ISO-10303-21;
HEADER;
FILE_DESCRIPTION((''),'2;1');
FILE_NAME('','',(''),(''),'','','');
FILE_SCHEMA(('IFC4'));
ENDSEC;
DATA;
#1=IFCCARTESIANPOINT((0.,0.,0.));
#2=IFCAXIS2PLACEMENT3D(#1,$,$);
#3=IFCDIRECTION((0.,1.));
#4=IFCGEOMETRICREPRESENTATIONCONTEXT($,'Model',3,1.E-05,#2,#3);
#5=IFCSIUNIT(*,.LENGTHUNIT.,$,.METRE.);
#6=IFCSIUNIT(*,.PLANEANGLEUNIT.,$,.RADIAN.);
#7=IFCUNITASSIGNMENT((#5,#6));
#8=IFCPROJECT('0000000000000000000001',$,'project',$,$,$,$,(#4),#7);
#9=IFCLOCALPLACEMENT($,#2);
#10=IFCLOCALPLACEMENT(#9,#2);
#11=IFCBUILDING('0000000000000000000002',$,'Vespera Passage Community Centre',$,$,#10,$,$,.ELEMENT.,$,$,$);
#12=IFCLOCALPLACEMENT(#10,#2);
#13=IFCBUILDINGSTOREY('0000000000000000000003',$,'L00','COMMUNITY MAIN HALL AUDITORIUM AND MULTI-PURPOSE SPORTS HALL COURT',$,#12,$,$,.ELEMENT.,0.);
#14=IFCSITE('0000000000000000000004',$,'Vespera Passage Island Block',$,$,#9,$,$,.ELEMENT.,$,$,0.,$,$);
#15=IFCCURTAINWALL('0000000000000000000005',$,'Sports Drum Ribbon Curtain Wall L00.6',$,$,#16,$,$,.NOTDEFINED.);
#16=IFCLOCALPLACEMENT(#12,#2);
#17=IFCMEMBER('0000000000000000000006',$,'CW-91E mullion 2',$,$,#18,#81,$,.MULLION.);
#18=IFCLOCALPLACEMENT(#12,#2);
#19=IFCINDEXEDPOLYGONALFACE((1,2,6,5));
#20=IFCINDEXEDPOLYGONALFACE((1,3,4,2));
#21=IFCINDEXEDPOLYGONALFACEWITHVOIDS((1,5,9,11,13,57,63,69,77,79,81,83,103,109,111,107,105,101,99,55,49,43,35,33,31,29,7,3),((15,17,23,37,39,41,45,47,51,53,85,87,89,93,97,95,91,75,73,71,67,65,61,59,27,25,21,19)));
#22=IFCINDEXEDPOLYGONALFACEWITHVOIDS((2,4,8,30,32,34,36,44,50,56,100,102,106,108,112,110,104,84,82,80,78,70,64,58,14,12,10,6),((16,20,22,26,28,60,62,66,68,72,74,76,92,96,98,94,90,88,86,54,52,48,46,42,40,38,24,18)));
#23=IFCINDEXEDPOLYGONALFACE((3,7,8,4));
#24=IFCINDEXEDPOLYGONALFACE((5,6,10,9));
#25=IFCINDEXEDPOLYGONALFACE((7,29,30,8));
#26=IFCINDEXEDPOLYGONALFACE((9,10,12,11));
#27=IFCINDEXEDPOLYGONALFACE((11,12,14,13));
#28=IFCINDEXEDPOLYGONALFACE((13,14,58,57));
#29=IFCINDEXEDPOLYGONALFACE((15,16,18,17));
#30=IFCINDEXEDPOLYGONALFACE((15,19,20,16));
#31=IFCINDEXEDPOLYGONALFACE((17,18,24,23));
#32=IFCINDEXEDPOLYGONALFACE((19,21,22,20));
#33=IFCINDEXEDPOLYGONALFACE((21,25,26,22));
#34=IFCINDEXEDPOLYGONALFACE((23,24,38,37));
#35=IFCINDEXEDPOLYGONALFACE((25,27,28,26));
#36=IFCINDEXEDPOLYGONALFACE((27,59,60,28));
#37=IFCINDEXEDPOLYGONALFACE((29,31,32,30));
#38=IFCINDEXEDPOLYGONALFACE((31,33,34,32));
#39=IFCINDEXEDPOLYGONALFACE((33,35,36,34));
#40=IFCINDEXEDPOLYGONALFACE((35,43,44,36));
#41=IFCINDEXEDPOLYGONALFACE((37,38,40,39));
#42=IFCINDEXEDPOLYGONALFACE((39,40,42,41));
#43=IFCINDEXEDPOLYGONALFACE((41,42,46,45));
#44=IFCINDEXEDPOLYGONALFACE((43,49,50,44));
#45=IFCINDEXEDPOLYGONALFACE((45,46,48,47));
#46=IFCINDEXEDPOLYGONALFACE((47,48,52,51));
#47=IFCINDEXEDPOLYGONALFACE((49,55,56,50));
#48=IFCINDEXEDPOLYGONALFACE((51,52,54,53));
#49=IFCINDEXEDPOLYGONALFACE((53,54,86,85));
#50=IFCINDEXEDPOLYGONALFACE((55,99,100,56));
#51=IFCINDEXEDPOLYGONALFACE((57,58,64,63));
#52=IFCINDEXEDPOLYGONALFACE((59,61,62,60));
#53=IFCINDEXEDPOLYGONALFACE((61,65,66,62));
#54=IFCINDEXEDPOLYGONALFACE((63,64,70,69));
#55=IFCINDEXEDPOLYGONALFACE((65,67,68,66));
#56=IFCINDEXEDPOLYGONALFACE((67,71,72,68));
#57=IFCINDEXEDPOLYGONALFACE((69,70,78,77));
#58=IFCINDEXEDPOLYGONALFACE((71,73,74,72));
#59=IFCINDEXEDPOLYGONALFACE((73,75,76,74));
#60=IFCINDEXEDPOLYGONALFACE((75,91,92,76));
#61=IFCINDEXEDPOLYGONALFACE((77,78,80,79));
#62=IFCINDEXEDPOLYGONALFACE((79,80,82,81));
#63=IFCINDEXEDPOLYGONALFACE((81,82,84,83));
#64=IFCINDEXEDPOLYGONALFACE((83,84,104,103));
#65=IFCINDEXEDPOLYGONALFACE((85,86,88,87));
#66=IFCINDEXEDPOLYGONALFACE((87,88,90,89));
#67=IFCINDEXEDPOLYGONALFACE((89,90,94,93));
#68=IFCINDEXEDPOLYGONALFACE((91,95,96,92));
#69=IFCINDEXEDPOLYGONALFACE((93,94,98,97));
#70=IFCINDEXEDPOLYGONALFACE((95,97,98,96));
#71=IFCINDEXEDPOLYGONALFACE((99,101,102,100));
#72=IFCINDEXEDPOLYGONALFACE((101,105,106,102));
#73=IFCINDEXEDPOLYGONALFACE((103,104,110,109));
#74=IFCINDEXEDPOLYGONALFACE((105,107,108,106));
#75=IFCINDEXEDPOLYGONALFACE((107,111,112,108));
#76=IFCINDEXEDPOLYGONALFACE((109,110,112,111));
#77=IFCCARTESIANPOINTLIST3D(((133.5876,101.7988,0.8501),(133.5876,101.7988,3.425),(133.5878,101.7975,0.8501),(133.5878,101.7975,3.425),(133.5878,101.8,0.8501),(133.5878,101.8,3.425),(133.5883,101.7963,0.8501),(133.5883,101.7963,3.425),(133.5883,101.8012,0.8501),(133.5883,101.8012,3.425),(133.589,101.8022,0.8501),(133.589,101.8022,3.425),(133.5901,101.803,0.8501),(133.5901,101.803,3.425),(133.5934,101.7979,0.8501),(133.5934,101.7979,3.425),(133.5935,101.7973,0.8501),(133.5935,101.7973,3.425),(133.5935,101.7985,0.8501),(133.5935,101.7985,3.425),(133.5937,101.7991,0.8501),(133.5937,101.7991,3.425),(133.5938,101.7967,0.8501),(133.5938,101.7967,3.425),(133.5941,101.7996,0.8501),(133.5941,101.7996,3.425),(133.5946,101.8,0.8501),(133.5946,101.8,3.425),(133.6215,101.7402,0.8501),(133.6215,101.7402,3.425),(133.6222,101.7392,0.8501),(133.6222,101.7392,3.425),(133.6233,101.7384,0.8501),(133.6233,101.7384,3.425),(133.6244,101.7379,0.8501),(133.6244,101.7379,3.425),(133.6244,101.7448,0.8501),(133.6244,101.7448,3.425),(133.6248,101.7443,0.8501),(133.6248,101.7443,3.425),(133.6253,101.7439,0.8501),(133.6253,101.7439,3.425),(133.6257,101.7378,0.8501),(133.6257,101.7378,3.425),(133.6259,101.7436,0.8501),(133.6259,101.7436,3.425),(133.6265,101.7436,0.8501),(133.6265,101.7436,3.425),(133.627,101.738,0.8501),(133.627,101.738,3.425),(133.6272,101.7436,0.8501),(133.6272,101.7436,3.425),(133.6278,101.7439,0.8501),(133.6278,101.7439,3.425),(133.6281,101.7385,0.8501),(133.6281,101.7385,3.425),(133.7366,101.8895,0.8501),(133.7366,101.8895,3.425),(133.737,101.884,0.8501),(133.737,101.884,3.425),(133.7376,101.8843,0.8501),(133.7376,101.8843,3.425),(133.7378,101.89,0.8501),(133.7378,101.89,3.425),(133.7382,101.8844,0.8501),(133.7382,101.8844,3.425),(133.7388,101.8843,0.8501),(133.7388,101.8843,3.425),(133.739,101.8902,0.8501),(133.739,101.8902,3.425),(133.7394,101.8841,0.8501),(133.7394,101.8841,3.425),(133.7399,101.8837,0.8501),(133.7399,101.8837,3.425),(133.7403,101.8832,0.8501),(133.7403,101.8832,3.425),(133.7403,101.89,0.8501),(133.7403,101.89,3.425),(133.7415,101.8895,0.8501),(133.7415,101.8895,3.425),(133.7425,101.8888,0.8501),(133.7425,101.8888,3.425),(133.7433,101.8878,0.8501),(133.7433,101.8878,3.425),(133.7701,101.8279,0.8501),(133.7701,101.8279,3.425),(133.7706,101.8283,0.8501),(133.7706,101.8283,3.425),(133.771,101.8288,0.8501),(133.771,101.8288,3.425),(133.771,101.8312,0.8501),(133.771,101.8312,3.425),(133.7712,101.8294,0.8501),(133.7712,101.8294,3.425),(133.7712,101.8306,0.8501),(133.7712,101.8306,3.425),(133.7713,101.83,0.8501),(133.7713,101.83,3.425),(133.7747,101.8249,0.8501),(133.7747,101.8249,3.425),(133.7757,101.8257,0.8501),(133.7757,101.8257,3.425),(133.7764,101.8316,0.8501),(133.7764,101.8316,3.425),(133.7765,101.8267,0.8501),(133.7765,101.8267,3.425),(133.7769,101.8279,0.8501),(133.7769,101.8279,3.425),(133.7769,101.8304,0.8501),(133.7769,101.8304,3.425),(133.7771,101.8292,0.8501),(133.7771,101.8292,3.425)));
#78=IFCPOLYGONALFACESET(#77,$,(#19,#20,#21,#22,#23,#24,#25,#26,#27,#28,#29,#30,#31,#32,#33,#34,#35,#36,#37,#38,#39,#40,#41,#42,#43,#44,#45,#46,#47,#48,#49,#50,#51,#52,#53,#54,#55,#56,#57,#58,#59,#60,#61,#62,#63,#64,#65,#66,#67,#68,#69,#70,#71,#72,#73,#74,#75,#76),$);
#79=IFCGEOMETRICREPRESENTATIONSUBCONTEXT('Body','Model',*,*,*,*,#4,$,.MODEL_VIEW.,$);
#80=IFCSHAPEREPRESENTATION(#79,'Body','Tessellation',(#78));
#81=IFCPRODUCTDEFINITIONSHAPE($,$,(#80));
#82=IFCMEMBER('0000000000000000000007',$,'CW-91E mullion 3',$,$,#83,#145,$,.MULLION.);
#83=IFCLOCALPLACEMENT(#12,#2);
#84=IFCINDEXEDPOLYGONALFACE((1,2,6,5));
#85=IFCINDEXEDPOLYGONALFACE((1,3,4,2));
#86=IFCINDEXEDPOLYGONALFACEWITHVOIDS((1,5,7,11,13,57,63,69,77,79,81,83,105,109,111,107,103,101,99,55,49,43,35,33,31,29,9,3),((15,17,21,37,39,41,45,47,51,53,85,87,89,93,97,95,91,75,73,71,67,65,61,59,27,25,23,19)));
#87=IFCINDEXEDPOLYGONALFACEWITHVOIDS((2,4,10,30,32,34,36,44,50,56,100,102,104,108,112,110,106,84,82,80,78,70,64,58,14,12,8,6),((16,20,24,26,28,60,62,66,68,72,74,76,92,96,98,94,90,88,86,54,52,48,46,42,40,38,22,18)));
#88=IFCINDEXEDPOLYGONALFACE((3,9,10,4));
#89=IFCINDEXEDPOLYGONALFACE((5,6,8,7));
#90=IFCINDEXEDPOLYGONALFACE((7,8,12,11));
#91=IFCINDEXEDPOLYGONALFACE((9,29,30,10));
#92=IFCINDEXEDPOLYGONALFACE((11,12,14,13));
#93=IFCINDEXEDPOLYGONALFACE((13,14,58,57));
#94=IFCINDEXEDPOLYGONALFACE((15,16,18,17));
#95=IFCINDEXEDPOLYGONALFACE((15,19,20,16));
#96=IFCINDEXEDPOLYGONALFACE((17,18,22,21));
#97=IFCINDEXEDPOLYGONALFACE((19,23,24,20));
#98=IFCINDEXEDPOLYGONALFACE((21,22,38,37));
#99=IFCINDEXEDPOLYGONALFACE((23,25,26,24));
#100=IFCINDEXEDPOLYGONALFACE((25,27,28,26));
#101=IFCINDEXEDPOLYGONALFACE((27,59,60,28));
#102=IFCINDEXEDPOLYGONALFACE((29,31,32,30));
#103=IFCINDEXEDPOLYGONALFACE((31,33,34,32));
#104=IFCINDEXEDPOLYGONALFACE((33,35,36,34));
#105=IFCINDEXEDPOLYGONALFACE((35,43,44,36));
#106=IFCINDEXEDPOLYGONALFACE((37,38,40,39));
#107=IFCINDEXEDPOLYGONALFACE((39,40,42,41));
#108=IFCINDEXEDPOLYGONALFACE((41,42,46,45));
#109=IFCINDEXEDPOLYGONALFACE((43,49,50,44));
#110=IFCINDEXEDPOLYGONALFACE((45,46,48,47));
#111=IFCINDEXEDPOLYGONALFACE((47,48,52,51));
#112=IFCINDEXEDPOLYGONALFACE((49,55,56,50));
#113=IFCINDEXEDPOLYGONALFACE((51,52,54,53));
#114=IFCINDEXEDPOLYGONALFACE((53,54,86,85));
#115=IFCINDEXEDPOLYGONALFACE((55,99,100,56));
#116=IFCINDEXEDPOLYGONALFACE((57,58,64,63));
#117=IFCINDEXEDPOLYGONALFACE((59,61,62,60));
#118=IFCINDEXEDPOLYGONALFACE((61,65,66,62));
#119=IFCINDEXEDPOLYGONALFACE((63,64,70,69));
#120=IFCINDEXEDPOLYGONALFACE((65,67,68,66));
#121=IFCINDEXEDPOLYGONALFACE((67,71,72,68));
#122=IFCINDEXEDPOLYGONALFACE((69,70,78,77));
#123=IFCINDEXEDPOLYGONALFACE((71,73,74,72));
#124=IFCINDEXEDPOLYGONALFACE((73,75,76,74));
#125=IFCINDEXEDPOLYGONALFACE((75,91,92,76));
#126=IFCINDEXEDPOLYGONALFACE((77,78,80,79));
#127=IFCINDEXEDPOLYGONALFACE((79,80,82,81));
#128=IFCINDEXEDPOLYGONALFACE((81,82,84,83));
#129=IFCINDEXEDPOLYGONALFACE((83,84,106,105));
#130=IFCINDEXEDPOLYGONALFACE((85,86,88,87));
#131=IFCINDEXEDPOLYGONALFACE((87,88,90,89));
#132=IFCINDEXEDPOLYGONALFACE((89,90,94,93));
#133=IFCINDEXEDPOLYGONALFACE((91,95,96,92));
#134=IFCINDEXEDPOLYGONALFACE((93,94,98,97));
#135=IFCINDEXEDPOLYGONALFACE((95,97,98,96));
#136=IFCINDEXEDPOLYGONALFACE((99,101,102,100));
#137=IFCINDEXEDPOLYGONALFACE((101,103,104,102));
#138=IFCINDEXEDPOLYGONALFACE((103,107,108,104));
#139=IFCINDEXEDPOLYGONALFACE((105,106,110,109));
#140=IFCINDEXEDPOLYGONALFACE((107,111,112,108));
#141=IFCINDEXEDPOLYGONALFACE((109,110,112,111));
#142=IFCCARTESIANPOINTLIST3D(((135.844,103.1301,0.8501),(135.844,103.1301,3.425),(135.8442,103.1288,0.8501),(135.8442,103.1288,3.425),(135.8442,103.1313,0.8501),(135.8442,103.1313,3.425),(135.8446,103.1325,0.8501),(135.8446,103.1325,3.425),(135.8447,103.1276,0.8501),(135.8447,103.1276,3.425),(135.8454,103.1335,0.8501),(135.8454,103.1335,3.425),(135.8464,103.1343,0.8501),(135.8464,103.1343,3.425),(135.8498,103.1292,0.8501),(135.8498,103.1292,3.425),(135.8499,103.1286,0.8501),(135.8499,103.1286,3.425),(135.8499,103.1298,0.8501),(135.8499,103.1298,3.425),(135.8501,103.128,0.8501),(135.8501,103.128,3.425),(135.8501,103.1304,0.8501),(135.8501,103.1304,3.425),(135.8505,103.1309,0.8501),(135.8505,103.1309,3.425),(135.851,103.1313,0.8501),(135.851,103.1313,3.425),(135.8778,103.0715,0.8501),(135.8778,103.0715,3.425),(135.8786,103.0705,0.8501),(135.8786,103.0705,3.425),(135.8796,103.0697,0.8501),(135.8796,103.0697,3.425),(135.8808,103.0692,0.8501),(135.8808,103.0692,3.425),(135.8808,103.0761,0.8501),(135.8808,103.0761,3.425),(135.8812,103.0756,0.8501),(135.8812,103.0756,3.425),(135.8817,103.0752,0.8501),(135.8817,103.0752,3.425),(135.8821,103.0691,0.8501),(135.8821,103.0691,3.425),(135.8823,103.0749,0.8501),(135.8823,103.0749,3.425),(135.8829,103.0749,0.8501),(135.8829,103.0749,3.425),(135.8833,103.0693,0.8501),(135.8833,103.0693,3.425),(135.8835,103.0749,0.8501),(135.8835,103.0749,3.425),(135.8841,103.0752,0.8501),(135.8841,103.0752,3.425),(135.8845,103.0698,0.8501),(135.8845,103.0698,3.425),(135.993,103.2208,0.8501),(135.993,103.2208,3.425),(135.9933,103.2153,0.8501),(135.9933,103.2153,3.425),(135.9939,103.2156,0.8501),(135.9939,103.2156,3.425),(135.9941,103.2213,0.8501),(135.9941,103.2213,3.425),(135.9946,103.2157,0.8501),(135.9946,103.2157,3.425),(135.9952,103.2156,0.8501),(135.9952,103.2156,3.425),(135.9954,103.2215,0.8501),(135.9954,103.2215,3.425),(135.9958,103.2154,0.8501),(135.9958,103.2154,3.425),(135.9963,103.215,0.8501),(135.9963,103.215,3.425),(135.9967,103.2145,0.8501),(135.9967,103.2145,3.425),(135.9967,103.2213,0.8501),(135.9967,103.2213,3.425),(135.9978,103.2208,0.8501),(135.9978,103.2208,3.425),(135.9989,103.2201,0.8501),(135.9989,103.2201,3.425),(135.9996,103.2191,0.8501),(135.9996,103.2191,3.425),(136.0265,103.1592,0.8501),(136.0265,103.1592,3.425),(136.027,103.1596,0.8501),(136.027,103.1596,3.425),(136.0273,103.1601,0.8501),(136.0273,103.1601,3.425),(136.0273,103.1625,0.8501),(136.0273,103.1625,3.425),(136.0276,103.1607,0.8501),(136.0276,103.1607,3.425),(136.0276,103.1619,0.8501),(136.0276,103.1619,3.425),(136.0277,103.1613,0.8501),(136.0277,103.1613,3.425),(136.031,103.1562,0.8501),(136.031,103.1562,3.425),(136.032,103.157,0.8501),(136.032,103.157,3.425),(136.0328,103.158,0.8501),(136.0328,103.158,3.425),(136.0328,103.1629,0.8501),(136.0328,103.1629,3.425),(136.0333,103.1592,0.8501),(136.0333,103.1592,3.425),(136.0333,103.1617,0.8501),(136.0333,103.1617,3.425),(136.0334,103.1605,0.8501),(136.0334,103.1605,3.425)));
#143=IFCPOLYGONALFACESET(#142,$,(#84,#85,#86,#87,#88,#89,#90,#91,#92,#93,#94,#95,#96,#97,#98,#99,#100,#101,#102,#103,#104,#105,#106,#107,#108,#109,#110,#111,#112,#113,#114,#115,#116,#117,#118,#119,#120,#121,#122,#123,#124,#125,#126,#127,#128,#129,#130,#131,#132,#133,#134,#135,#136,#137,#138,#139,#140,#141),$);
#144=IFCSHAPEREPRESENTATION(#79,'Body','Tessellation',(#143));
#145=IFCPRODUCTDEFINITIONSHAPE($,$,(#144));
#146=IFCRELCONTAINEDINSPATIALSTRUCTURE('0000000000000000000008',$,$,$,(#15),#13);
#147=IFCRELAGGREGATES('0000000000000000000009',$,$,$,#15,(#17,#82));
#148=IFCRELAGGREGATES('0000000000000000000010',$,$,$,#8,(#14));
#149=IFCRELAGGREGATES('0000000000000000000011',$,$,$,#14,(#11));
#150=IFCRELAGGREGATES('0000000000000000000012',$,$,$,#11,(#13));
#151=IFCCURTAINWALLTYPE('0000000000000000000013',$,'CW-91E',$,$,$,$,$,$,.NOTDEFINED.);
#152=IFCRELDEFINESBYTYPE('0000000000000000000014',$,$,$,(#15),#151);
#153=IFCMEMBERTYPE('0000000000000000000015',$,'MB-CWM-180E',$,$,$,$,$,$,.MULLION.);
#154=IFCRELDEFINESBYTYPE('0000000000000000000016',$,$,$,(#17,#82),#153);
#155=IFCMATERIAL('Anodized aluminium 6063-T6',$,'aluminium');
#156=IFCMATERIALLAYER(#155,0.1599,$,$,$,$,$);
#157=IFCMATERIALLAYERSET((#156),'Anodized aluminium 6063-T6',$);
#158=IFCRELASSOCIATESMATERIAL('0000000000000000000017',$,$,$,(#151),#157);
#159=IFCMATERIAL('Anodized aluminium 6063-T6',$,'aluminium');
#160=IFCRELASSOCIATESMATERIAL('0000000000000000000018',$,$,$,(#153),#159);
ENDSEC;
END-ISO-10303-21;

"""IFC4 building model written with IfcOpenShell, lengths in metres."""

from ifc_helpers import new_model, si_unit, direction, frame, origin, origin_2d, place, context, subcontext, project, spatial, hollow_rectangle, extrude, material, layer, layer_set, material_profile, profile_set, type_object, element, aggregate, save


model = new_model("IFC4")

# Units and contexts
model_context = context("Model", 3, precision=1e-05, world=origin(), true_north=direction((0.0, 1.0)))
body_context = subcontext(model_context, "Body", "Model", "MODEL_VIEW")
ifc_project = project(units=[si_unit("LENGTHUNIT", "METRE"), si_unit("PLANEANGLEUNIT", "RADIAN")], contexts=[model_context])

# Site, building, storey
site_placement = place(None, origin())
site = spatial("IfcSite", under=ifc_project, at=site_placement, Name="Vespera Passage Island Block", CompositionType="ELEMENT", RefElevation=0.0)
building_placement = place(site_placement, origin())
building = spatial("IfcBuilding", under=site, at=building_placement, Name="Vespera Passage Community Centre", CompositionType="ELEMENT")
storey_placement = place(building_placement, origin())
storey = spatial("IfcBuildingStorey", under=building, at=storey_placement, Name="L00", Description="COMMUNITY MAIN HALL AUDITORIUM AND MULTI-PURPOSE SPORTS HALL COURT", CompositionType="ELEMENT", Elevation=0.0)

# Curtain wall, members
ifc_material_1 = material(Name="Anodized aluminium 6063-T6", Category="aluminium")
ifc_layer_1 = layer(ifc_material_1, 0.1599)
ifc_layer_set_1 = layer_set([ifc_layer_1], Name="Anodized aluminium 6063-T6")
curtain_wall_type = type_object("IfcCurtainWallType", Name="CW-91E", PredefinedType="NOTDEFINED", material=ifc_layer_set_1)
curtain_wall_placement = place(storey_placement, origin())
curtain_wall = element("IfcCurtainWall", 1, at=curtain_wall_placement, inside=storey, type_object=curtain_wall_type, Name="Sports Drum Ribbon Curtain Wall L00.6", PredefinedType="NOTDEFINED")
ifc_material_2 = material(Name="Anodized aluminium 6063-T6", Category="aluminium")
ifc_material_profile_1 = material_profile(ifc_material_2, hollow_rectangle(XDim=0.075, YDim=0.1799, WallThickness=0.0049, InnerFilletRadius=0.0024, OuterFilletRadius=0.0049, at=origin_2d()), Name="ALU180X75X5")
ifc_profile_set_1 = profile_set([ifc_material_profile_1], Name="Anodized aluminium 6063-T6")
member_type_1 = type_object("IfcMemberType", Name="MB-CWM-180E", PredefinedType="MULLION", material=ifc_profile_set_1)
member_1_placement = place(storey_placement, frame((133.6824, 101.814, 0.8501), z_axis=(0.0, 0.0, 1.0), x_axis=(-0.50817, 0.861257, 0.0)))
member_1 = element("IfcMember", 2, at=member_1_placement, type_object=member_type_1, Name="CW-91E mullion 2", PredefinedType="MULLION", context=body_context, shape_type="SweptSolid", body=[
    extrude(hollow_rectangle(XDim=0.075, YDim=0.1799, WallThickness=0.0049, InnerFilletRadius=0.0024, OuterFilletRadius=0.0049, at=origin_2d()), origin(), (0.0, 0.0, 1.0), 2.575),
])
member_2_placement = place(storey_placement, frame((135.9387, 103.1453, 0.8501), z_axis=(0.0, 0.0, 1.0), x_axis=(-0.50817, 0.861257, 0.0)))
member_2 = element("IfcMember", 3, at=member_2_placement, type_object=member_type_1, Name="CW-91E mullion 3", PredefinedType="MULLION", context=body_context, shape_type="SweptSolid", body=[
    extrude(hollow_rectangle(XDim=0.075, YDim=0.1799, WallThickness=0.0049, InnerFilletRadius=0.0024, OuterFilletRadius=0.0049, at=origin_2d()), origin(), (0.0, 0.0, 1.0), 2.575),
])
aggregate(curtain_wall, [member_1, member_2])

save(model, "model.ifc")
